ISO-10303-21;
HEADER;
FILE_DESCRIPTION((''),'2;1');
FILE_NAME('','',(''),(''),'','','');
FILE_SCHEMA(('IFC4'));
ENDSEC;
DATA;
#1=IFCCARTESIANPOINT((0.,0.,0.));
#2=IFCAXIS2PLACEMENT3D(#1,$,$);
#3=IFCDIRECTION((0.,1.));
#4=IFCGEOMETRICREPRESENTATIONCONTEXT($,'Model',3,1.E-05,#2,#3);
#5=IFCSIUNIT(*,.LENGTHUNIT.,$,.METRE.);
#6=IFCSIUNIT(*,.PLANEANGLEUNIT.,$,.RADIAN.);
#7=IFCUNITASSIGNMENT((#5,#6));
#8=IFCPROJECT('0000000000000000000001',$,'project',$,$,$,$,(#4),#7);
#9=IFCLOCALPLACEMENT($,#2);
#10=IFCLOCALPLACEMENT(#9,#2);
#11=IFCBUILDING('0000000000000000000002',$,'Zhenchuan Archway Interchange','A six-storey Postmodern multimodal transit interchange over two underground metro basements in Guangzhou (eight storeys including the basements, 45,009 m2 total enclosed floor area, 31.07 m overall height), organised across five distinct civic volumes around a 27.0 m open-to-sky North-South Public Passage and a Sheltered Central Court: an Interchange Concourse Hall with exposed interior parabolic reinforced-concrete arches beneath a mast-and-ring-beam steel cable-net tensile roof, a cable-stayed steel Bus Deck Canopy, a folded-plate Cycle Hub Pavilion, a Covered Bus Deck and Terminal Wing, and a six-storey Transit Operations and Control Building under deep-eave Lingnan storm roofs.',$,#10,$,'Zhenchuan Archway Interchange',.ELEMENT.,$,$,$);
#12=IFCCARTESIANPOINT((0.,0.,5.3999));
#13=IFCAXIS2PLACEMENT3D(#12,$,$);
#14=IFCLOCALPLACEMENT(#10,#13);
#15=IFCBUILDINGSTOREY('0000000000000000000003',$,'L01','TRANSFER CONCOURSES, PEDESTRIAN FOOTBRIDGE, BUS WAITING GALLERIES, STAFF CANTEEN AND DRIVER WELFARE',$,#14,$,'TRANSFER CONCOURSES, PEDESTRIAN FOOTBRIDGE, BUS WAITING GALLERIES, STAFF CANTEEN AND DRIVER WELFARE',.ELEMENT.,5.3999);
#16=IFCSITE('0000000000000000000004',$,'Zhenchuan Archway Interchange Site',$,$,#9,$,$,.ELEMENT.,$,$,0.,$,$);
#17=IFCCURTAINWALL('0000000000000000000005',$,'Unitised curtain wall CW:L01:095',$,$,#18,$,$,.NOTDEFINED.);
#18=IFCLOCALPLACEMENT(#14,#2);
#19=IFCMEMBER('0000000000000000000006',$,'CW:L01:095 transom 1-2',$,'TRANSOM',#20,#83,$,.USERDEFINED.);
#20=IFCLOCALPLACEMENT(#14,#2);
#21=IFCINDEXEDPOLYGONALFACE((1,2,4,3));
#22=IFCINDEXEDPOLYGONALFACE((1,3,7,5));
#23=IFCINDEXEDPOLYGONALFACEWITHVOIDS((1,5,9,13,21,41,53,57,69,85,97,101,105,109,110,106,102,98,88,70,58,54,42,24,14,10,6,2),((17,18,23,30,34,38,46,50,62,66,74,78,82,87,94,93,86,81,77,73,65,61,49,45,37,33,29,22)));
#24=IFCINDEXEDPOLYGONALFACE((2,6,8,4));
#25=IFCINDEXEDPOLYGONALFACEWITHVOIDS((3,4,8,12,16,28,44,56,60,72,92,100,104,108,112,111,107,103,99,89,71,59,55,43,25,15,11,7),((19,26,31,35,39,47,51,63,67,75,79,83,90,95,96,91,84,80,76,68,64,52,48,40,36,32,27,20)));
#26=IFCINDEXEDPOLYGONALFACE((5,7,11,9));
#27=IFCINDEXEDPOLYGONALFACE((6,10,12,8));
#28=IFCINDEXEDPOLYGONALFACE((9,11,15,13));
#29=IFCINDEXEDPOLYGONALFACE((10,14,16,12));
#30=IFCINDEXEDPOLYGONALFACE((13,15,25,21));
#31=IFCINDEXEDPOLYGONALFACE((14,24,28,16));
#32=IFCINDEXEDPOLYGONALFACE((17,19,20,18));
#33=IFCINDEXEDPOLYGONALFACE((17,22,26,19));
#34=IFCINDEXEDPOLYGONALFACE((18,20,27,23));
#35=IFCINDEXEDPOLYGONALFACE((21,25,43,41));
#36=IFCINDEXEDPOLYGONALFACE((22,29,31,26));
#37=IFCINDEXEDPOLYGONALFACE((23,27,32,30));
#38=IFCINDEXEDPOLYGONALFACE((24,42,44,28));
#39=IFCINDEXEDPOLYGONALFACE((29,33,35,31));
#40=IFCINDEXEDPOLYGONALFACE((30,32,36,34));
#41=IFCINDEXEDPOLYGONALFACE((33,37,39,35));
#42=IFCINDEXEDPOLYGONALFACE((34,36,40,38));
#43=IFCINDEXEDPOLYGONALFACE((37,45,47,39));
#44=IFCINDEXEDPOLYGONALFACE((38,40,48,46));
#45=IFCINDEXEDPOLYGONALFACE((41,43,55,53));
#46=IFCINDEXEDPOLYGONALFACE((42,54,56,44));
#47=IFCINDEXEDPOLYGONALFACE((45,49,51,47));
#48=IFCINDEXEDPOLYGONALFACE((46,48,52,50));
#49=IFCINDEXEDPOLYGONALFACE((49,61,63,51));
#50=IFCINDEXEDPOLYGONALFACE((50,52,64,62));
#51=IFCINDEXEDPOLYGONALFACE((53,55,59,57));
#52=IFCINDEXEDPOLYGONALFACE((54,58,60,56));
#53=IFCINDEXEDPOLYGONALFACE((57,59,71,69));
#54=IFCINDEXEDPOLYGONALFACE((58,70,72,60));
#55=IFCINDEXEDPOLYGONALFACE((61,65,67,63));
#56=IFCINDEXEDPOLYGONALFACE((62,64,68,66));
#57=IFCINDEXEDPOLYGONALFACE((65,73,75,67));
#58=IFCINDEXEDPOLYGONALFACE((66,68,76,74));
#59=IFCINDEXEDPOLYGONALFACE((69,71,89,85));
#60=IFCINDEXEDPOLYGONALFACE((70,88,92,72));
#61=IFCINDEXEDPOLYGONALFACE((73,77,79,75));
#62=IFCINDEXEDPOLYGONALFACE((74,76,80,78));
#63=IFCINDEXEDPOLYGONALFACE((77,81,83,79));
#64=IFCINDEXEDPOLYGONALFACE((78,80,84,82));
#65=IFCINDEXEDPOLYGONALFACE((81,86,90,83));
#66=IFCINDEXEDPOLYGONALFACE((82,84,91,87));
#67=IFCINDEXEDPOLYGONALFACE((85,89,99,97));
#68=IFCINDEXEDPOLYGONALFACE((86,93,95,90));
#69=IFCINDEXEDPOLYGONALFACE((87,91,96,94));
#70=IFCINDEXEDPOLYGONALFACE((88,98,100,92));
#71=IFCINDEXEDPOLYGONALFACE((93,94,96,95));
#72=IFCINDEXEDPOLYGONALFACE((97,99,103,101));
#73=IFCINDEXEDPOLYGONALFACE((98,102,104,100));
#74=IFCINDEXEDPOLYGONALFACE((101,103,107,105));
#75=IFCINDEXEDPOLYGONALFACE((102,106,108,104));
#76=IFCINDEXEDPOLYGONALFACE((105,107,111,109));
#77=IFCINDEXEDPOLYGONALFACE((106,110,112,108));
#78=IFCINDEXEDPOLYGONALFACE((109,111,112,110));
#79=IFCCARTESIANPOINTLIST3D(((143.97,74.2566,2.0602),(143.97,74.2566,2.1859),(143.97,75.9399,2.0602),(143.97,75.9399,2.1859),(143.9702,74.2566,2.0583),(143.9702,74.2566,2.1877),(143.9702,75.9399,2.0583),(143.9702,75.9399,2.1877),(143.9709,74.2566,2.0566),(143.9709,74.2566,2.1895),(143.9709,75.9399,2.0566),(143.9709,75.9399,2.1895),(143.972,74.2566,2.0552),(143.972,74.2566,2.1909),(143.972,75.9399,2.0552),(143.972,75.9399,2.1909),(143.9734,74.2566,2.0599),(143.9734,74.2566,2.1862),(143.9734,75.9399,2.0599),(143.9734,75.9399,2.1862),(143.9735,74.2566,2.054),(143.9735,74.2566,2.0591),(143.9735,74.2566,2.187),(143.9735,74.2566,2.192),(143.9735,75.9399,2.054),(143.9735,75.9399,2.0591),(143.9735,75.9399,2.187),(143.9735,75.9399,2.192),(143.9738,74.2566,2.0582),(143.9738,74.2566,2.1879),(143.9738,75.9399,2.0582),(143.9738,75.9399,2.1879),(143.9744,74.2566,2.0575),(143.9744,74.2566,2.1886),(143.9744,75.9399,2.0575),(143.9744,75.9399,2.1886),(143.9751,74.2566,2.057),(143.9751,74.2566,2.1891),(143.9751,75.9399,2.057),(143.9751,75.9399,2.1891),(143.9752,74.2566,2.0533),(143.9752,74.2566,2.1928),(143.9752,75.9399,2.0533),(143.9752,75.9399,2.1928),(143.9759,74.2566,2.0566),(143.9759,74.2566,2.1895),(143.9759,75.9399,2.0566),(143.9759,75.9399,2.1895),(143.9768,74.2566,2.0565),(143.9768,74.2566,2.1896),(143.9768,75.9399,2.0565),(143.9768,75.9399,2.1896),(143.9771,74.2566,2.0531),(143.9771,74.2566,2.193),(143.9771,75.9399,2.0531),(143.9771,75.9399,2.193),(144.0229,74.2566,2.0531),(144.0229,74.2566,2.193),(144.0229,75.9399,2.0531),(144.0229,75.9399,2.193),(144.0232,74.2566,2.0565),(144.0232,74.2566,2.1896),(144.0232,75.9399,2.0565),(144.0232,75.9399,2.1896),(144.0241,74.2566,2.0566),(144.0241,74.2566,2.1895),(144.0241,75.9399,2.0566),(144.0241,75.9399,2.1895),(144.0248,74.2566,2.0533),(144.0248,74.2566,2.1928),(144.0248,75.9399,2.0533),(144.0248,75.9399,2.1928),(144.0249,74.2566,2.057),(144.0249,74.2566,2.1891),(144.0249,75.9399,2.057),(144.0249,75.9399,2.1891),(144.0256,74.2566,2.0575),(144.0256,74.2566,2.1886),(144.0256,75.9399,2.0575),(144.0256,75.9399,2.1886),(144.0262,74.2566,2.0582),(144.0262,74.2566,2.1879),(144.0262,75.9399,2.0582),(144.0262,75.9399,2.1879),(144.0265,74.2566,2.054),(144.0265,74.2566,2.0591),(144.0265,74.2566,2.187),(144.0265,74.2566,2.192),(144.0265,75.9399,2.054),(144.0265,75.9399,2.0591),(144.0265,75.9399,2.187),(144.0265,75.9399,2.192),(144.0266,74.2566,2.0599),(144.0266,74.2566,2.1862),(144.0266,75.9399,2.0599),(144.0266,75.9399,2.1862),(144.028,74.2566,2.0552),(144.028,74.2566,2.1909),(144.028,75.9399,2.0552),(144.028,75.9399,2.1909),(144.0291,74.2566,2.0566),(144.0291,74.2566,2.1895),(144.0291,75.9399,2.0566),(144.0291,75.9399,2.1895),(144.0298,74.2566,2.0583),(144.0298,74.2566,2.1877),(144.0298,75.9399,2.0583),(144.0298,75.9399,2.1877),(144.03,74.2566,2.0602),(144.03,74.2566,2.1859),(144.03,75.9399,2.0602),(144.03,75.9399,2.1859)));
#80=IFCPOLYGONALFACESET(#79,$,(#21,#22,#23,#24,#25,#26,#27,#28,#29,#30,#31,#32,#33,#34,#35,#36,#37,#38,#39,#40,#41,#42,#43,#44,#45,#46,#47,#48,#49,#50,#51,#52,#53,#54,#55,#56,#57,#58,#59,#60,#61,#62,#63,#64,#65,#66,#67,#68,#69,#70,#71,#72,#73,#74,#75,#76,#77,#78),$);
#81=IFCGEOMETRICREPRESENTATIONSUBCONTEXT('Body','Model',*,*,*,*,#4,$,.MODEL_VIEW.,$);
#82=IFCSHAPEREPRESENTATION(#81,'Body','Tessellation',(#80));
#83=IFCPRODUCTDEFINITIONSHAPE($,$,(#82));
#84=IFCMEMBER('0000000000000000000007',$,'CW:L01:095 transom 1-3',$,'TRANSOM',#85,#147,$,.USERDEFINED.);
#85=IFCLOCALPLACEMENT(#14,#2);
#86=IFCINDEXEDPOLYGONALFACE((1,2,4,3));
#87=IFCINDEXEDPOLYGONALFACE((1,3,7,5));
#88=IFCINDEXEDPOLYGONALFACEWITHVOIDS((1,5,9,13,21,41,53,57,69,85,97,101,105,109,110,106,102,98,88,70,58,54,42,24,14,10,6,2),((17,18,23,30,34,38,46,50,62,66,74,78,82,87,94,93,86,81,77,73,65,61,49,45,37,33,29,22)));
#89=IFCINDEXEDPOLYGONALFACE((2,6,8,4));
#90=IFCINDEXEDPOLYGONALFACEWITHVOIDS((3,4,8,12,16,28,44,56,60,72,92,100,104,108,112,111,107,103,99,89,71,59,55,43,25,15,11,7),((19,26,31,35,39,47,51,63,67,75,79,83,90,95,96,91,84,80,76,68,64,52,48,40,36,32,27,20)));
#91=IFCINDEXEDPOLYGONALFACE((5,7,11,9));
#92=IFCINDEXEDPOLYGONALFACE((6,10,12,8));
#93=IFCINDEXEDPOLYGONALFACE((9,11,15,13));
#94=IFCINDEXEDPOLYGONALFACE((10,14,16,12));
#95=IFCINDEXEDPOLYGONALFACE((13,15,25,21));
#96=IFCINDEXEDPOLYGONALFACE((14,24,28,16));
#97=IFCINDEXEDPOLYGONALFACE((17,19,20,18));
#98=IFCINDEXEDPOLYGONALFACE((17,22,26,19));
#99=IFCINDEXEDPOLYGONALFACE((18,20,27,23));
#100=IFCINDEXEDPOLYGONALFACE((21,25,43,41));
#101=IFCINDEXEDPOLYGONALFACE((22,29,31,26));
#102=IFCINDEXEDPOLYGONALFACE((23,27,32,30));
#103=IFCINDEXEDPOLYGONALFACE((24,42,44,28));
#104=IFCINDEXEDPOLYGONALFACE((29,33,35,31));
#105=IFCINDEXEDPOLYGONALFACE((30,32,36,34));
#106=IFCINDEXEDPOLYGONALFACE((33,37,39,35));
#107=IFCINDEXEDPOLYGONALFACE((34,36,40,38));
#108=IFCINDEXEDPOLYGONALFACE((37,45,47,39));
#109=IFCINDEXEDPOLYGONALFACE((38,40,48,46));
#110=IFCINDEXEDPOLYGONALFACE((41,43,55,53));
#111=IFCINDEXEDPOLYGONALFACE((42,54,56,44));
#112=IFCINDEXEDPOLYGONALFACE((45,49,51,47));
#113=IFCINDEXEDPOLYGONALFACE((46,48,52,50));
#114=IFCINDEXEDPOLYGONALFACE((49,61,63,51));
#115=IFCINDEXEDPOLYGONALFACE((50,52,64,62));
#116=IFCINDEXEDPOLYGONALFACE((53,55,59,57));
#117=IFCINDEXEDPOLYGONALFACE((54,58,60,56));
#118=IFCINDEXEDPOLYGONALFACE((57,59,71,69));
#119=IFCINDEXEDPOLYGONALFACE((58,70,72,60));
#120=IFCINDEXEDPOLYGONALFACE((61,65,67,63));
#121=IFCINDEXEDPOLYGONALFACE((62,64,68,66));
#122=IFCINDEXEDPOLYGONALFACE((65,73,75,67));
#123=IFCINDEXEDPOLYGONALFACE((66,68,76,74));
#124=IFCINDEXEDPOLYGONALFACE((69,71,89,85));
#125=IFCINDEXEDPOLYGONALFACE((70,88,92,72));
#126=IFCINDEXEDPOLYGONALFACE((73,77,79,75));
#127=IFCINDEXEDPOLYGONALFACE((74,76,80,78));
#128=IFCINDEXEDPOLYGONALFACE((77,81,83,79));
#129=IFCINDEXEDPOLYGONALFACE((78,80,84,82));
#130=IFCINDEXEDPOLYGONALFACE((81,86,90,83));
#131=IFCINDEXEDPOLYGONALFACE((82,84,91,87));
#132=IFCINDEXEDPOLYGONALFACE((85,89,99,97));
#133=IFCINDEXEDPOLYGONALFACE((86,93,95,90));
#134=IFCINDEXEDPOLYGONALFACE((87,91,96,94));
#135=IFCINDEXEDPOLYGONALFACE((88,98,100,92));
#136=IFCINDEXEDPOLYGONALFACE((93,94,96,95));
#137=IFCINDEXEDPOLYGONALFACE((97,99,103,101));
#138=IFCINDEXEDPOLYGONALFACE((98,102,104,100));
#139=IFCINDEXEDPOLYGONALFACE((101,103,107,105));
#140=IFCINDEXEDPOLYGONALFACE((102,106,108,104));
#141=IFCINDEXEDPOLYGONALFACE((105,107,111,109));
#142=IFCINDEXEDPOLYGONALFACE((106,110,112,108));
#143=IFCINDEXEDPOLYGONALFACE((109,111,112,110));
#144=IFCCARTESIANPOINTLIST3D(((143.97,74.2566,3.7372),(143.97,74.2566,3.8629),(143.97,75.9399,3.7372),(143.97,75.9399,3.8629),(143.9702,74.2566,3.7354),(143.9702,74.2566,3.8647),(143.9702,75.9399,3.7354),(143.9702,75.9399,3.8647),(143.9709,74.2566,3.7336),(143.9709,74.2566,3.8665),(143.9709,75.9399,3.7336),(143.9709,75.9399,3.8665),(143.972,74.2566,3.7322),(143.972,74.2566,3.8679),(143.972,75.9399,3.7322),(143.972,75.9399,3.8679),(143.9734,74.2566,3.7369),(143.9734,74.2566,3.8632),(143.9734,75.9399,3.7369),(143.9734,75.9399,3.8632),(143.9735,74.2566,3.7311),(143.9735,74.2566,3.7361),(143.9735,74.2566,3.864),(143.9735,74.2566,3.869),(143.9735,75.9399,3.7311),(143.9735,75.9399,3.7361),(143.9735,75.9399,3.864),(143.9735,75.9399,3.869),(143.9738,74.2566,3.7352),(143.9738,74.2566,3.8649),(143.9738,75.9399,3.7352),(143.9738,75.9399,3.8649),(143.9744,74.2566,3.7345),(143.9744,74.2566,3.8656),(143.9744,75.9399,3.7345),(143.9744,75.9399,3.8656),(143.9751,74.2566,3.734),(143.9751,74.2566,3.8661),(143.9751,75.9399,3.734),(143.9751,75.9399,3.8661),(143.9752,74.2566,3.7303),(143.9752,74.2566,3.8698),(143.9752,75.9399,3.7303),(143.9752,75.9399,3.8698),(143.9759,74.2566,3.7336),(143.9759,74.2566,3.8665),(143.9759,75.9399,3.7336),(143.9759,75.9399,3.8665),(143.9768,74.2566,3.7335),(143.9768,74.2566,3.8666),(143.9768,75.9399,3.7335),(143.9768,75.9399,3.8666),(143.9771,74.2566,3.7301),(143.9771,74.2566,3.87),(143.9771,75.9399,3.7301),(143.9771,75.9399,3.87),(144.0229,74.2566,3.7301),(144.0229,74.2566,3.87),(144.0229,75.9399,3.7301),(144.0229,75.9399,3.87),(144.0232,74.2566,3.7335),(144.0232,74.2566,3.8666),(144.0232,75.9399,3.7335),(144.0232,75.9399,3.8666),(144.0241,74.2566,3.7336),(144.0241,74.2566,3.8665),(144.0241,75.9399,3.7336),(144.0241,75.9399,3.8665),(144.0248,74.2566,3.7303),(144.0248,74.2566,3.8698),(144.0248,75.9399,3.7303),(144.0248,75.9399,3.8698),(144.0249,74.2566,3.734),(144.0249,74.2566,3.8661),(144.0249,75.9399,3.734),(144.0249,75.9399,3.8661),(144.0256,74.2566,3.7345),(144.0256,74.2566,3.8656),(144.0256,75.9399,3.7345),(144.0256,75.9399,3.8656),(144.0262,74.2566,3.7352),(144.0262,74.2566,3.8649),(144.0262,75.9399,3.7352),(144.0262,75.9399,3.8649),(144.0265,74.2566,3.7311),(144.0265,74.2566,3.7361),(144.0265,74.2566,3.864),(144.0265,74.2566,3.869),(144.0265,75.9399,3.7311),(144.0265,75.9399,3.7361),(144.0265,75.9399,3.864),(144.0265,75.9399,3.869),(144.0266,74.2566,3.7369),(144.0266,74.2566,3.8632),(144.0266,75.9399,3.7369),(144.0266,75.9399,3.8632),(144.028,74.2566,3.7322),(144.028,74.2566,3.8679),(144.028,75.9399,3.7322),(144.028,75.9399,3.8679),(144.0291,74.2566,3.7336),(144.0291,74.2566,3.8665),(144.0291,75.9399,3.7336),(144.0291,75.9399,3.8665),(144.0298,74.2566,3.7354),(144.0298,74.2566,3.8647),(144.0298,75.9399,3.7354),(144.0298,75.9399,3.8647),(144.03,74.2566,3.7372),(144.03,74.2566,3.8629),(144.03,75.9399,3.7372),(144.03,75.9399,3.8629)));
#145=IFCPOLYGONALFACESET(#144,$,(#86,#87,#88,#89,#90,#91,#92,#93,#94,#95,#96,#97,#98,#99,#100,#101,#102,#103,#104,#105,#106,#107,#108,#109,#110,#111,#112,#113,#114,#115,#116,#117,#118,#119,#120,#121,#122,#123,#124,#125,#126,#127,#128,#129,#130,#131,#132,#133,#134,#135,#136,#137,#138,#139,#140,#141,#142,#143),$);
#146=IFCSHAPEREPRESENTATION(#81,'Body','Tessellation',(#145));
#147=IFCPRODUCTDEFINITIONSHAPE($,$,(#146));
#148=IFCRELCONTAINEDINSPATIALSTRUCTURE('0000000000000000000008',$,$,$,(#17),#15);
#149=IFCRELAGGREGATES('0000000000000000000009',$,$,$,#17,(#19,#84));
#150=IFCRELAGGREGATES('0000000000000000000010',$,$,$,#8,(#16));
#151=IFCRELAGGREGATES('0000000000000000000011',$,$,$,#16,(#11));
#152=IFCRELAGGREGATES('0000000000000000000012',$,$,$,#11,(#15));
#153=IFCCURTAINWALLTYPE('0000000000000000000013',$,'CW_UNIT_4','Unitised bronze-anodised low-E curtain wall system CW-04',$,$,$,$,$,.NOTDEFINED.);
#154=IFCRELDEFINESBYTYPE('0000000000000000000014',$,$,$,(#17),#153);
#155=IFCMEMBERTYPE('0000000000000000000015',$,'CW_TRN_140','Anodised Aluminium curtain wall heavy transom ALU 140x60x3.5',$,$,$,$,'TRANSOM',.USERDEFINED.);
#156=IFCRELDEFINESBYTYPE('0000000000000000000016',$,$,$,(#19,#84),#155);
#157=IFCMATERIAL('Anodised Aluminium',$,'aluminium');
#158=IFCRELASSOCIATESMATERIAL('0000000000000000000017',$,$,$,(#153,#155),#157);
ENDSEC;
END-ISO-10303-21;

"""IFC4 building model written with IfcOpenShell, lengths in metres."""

from ifc_helpers import new_model, si_unit, direction, frame, origin, origin_2d, place, context, subcontext, project, spatial, hollow_rectangle, extrude, material, material_profile, profile_set, type_object, element, aggregate, save


model = new_model("IFC4")

# Units and contexts
model_context = context("Model", 3, precision=1e-05, world=origin(), true_north=direction((0.0, 1.0)))
body_context = subcontext(model_context, "Body", "Model", "MODEL_VIEW")
ifc_project = project(units=[si_unit("LENGTHUNIT", "METRE"), si_unit("PLANEANGLEUNIT", "RADIAN")], contexts=[model_context])

# Site, building, storey
site_placement = place(None, origin())
site = spatial("IfcSite", under=ifc_project, at=site_placement, Name="Zhenchuan Archway Interchange Site", CompositionType="ELEMENT", RefElevation=0.0)
building_placement = place(site_placement, origin())
building = spatial("IfcBuilding", under=site, at=building_placement, Name="Zhenchuan Archway Interchange", Description="A six-storey Postmodern multimodal transit interchange over two underground metro basements in Guangzhou (eight storeys including the basements, 45,009 m2 total enclosed floor area, 31.07 m overall height), organised across five distinct civic volumes around a 27.0 m open-to-sky North-South Public Passage and a Sheltered Central Court: an Interchange Concourse Hall with exposed interior parabolic reinforced-concrete arches beneath a mast-and-ring-beam steel cable-net tensile roof, a cable-stayed steel Bus Deck Canopy, a folded-plate Cycle Hub Pavilion, a Covered Bus Deck and Terminal Wing, and a six-storey Transit Operations and Control Building under deep-eave Lingnan storm roofs.", LongName="Zhenchuan Archway Interchange", CompositionType="ELEMENT")
storey_placement = place(building_placement, frame((0.0, 0.0, 5.3999)))
storey = spatial("IfcBuildingStorey", under=building, at=storey_placement, Name="L01", Description="TRANSFER CONCOURSES, PEDESTRIAN FOOTBRIDGE, BUS WAITING GALLERIES, STAFF CANTEEN AND DRIVER WELFARE", LongName="TRANSFER CONCOURSES, PEDESTRIAN FOOTBRIDGE, BUS WAITING GALLERIES, STAFF CANTEEN AND DRIVER WELFARE", CompositionType="ELEMENT", Elevation=5.3999)

# Curtain wall, members
ifc_material_1 = material(Name="Anodised Aluminium", Category="aluminium")
curtain_wall_type = type_object("IfcCurtainWallType", Name="CW_UNIT_4", Description="Unitised bronze-anodised low-E curtain wall system CW-04", PredefinedType="NOTDEFINED", material=ifc_material_1)
curtain_wall_placement = place(storey_placement, origin())
curtain_wall = element("IfcCurtainWall", 1, at=curtain_wall_placement, inside=storey, type_object=curtain_wall_type, Name="Unitised curtain wall CW:L01:095", PredefinedType="NOTDEFINED")
ifc_material_profile_1 = material_profile(ifc_material_1, hollow_rectangle(XDim=0.0601, YDim=0.1399, WallThickness=0.0034, InnerFilletRadius=0.0034, OuterFilletRadius=0.0071, at=origin_2d()), Name="ALU 140x60x3.5")
ifc_profile_set_1 = profile_set([ifc_material_profile_1], Name="Anodised Aluminium")
member_type_1 = type_object("IfcMemberType", Name="CW_TRN_140", Description="Anodised Aluminium curtain wall heavy transom ALU 140x60x3.5", ElementType="TRANSOM", PredefinedType="USERDEFINED", material=ifc_profile_set_1)
member_1_placement = place(storey_placement, frame((144.0, 74.2566, 2.123), z_axis=(0.0, 1.0, 0.0), x_axis=(-1.0, 0.0, 0.0)))
member_1 = element("IfcMember", 2, at=member_1_placement, type_object=member_type_1, Name="CW:L01:095 transom 1-2", ObjectType="TRANSOM", PredefinedType="USERDEFINED", context=body_context, shape_type="SweptSolid", body=[
    extrude(hollow_rectangle(XDim=0.0601, YDim=0.1399, WallThickness=0.0034, InnerFilletRadius=0.0034, OuterFilletRadius=0.0071, at=origin_2d()), origin(), (0.0, 0.0, 1.0), 1.6833),
])
member_2_placement = place(storey_placement, frame((144.0, 74.2566, 3.8), z_axis=(0.0, 1.0, 0.0), x_axis=(-1.0, 0.0, 0.0)))
member_2 = element("IfcMember", 3, at=member_2_placement, type_object=member_type_1, Name="CW:L01:095 transom 1-3", ObjectType="TRANSOM", PredefinedType="USERDEFINED", context=body_context, shape_type="SweptSolid", body=[
    extrude(hollow_rectangle(XDim=0.0601, YDim=0.1399, WallThickness=0.0034, InnerFilletRadius=0.0034, OuterFilletRadius=0.0071, at=origin_2d()), origin(), (0.0, 0.0, 1.0), 1.6833),
])

aggregate(curtain_wall, [member_1, member_2])

save(model, "model.ifc")
